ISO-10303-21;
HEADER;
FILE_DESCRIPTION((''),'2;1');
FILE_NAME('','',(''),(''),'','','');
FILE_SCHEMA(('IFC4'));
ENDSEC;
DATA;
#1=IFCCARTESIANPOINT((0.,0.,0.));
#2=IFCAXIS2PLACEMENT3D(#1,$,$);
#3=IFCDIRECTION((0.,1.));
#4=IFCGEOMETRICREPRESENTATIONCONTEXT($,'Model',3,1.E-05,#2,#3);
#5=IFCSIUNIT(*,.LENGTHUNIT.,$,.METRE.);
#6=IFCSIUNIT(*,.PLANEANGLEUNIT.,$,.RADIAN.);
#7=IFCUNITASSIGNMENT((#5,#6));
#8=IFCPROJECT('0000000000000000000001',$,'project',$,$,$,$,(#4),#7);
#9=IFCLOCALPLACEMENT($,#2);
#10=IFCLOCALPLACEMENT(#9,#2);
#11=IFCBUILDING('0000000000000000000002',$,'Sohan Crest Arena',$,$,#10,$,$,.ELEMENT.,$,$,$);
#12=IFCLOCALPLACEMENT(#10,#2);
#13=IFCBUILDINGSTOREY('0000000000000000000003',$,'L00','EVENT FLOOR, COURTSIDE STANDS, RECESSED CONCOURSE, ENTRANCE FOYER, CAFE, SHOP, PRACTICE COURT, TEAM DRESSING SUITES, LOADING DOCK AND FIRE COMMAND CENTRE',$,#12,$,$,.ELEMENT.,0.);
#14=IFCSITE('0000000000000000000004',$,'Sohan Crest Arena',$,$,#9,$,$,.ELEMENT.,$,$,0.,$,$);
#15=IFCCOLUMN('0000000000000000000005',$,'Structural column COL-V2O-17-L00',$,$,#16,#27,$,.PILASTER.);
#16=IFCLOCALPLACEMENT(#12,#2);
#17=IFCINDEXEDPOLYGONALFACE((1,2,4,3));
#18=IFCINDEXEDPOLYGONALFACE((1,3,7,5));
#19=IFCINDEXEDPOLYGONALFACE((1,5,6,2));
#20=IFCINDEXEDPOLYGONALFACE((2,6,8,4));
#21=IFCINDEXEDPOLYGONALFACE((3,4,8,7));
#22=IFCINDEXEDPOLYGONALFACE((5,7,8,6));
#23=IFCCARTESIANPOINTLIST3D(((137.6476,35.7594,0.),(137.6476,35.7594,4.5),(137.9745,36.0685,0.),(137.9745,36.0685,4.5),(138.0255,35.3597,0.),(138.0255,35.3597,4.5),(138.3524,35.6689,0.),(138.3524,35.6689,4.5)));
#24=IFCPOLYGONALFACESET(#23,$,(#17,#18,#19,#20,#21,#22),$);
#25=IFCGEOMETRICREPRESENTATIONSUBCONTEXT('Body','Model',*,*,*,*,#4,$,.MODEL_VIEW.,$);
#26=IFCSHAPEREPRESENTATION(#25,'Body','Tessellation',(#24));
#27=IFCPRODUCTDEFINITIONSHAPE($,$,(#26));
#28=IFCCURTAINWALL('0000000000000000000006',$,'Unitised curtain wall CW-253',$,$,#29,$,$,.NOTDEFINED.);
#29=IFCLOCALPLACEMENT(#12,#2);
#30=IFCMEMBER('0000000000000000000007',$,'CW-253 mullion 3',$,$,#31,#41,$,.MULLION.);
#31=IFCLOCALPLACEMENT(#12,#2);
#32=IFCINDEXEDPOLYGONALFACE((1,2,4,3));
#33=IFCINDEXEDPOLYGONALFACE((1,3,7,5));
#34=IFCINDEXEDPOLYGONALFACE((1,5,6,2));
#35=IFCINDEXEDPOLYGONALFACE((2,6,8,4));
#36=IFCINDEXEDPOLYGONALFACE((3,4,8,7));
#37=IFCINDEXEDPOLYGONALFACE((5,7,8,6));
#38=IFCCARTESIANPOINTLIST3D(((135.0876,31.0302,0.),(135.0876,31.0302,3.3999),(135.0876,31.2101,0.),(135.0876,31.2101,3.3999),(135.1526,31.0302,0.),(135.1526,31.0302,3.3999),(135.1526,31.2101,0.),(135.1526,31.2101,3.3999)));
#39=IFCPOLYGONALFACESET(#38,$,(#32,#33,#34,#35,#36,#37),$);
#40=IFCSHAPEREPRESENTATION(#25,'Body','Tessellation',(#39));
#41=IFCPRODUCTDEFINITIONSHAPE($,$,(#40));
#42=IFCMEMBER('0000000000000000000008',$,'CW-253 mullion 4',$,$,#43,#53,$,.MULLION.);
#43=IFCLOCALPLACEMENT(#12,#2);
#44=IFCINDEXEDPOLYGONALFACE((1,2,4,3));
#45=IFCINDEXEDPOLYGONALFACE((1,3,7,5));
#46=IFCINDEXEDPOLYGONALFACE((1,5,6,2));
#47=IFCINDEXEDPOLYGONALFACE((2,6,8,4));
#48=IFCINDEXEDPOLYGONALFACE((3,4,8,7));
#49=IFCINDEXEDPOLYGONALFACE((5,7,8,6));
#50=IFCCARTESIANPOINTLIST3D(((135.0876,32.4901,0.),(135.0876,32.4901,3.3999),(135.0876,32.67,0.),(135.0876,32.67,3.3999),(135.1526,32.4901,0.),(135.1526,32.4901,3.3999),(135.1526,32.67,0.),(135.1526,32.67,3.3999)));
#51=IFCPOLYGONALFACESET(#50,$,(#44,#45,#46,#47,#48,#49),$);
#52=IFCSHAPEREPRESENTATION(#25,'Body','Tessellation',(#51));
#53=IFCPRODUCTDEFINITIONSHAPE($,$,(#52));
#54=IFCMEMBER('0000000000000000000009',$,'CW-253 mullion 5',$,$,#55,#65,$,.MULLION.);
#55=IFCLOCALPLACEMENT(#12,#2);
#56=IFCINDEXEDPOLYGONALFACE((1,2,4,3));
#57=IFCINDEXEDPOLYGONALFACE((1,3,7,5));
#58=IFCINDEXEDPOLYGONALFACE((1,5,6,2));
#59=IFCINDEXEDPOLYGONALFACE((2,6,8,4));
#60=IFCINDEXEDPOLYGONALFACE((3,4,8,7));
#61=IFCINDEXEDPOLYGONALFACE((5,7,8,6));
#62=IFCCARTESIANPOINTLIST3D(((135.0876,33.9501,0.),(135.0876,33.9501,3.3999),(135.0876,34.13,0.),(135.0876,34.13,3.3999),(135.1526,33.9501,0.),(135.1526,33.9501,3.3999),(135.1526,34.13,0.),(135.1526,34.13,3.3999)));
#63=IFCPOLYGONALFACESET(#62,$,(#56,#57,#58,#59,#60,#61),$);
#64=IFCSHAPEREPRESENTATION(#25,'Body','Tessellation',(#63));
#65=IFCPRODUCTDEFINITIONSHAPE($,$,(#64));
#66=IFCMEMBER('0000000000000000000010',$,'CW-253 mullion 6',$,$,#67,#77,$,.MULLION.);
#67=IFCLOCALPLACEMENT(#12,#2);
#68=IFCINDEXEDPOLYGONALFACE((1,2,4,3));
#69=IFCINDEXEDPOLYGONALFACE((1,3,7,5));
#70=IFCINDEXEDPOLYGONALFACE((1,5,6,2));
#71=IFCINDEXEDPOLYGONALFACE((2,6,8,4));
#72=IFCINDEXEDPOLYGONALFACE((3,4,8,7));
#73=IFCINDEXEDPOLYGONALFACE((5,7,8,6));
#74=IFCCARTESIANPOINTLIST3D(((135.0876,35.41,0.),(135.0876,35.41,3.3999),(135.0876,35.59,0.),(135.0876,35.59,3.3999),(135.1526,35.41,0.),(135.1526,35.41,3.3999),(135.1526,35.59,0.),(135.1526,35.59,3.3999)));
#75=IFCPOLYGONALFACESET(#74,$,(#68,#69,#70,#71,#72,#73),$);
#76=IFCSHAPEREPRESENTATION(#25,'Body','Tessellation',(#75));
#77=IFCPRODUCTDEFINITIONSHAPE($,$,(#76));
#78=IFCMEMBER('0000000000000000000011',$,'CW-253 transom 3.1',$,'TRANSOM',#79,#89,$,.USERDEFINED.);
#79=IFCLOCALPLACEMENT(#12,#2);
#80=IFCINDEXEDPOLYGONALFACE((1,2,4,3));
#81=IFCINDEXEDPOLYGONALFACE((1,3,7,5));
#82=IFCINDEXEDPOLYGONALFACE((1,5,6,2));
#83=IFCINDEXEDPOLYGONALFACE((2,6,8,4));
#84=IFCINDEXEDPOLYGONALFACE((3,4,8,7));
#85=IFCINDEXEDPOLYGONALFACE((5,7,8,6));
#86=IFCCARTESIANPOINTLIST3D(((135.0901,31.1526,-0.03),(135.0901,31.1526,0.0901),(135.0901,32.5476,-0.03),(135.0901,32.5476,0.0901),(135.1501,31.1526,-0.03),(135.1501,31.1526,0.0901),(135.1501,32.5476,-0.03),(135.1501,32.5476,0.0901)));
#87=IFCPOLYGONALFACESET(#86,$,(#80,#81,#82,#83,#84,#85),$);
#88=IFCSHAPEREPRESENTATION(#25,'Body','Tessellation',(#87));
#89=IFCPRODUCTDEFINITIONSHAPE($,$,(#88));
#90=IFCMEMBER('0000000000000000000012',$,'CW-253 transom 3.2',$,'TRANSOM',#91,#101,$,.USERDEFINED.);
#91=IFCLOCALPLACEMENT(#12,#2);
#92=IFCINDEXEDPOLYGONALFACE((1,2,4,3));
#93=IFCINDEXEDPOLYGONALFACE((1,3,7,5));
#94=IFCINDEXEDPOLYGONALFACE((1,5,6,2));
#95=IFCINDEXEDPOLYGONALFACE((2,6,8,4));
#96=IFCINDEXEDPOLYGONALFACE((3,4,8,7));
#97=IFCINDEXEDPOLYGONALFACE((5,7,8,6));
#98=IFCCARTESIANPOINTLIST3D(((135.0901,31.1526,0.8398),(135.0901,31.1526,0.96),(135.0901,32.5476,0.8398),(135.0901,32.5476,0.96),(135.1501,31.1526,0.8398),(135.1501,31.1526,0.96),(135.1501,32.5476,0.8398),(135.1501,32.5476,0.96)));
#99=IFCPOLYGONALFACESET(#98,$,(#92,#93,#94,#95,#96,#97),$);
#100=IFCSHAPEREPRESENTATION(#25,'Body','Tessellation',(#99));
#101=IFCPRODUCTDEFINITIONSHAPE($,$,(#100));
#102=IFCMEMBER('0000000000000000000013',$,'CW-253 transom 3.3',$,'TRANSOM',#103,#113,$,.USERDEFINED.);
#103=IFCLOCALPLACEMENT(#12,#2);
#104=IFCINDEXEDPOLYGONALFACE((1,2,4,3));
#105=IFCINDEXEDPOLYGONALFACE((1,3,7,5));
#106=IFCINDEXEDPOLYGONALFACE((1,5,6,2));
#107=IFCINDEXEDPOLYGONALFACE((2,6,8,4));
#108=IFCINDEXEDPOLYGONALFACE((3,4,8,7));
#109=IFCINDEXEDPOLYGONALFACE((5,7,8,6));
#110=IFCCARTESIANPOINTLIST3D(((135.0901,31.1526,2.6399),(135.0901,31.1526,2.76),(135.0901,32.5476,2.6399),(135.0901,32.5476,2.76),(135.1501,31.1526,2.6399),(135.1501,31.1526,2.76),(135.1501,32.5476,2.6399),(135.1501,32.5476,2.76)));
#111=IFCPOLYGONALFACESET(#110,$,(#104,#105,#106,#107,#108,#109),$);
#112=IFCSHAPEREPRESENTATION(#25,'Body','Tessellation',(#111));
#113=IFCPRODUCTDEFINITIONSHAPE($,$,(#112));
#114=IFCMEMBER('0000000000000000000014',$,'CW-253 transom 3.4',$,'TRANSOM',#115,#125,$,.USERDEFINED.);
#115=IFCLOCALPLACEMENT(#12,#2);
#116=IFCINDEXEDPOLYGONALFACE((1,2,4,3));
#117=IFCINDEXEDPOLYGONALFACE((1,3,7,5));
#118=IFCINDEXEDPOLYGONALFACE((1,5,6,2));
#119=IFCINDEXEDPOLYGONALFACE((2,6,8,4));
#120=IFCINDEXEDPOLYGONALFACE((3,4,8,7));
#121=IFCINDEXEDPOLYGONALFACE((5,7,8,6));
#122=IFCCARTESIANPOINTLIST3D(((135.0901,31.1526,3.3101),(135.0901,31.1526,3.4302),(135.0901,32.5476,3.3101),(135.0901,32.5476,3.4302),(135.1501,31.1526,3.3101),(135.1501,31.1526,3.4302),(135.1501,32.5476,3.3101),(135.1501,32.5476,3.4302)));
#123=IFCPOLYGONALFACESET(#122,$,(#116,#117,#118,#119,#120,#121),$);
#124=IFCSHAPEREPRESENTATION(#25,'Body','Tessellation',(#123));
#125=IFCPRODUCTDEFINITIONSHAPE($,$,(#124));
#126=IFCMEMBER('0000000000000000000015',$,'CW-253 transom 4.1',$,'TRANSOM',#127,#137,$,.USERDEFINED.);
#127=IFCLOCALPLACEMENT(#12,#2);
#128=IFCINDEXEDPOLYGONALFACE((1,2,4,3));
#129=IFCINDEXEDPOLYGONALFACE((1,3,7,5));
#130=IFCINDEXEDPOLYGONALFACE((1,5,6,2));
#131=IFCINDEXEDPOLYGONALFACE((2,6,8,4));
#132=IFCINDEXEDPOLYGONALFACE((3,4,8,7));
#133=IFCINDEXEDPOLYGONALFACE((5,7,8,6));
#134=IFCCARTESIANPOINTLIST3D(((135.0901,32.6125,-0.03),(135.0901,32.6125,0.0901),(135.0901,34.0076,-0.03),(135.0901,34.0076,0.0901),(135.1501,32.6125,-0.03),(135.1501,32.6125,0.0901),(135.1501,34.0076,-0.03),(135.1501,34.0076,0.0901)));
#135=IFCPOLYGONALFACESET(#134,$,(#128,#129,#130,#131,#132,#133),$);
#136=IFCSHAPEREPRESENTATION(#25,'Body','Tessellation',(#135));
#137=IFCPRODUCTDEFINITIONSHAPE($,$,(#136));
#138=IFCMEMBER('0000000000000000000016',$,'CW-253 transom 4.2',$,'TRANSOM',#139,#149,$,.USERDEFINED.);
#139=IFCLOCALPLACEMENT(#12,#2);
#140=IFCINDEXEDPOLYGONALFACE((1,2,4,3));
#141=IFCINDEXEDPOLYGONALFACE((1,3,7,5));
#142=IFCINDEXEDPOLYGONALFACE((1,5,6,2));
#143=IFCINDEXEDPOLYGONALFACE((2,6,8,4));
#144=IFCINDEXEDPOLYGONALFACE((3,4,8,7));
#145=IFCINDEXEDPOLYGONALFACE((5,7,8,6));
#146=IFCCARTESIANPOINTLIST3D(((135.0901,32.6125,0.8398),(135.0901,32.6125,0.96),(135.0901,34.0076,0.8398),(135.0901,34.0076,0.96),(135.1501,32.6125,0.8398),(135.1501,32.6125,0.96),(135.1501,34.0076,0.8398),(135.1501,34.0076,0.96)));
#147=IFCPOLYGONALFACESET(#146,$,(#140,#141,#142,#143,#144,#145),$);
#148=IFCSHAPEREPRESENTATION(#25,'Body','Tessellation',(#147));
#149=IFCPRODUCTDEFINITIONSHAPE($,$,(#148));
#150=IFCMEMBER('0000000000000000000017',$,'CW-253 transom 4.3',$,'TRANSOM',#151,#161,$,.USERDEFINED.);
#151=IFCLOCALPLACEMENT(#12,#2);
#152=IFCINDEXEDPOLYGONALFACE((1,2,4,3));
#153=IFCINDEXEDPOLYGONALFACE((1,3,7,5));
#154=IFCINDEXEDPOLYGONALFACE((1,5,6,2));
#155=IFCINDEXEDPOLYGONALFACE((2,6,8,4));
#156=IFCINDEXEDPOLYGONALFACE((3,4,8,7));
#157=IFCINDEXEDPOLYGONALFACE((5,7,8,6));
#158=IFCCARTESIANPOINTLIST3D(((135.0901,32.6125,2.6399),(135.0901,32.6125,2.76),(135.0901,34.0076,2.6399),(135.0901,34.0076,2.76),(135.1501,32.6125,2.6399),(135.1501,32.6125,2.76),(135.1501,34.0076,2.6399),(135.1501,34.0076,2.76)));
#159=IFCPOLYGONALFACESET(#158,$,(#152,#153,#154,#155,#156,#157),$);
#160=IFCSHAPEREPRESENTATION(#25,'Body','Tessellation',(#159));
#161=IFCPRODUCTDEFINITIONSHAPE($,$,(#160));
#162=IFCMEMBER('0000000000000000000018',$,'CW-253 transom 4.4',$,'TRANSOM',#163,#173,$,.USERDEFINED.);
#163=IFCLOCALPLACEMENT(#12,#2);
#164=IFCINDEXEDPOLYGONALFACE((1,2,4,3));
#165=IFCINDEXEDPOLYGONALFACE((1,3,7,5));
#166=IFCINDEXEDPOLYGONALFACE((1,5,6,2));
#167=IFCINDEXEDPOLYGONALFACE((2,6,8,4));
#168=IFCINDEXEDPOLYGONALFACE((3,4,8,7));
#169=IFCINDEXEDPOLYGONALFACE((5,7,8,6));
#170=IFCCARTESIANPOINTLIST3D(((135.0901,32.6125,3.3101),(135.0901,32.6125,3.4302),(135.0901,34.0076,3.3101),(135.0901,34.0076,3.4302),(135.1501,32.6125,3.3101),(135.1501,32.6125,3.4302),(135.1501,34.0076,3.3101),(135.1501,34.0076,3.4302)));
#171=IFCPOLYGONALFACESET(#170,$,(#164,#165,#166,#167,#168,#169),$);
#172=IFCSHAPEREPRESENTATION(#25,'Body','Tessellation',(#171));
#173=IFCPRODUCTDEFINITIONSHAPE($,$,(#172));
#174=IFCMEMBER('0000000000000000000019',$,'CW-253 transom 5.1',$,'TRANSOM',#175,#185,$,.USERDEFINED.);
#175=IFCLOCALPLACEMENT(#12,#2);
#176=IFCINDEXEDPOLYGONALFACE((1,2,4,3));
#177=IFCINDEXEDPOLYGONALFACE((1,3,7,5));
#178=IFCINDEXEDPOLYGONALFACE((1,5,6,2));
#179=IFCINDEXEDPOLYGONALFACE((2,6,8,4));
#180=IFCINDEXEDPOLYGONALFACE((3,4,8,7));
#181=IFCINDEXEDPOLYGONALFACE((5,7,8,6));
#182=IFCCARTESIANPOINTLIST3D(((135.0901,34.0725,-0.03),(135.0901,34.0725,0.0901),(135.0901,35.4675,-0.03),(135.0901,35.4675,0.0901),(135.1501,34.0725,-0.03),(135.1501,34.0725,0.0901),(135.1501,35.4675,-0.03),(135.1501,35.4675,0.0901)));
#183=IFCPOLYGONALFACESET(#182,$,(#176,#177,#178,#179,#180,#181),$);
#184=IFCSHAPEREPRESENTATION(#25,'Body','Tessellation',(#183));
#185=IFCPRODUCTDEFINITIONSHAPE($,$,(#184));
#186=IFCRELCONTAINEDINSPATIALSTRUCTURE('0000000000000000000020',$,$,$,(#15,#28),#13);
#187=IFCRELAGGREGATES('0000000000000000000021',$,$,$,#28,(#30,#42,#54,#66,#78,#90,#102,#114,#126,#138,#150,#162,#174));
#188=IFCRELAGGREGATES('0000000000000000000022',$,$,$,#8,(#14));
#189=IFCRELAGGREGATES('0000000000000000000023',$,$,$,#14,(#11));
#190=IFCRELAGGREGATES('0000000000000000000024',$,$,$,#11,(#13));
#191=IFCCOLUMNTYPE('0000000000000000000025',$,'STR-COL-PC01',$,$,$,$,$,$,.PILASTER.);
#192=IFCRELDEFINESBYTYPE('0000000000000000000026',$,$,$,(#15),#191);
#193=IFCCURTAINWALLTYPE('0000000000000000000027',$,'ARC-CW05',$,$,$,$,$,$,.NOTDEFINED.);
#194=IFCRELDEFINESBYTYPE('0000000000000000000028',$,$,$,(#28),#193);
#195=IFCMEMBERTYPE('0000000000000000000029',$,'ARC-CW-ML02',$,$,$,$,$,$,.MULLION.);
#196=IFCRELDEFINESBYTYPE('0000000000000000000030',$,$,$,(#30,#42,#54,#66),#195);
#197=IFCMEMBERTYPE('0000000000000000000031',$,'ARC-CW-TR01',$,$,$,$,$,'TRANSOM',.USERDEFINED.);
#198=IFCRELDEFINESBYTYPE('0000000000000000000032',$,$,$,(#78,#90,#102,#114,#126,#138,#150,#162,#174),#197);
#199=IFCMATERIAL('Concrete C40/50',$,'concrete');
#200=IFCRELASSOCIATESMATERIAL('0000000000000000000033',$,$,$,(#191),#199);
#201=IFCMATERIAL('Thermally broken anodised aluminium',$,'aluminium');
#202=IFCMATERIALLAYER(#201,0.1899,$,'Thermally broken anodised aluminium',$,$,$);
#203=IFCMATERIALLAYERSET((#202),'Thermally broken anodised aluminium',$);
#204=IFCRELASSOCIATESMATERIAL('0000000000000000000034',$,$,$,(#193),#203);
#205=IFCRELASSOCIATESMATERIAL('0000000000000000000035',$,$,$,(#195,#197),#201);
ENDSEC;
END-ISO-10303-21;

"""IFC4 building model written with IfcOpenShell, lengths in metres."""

from ifc_helpers import new_model, si_unit, direction, frame, origin, origin_2d, place, context, subcontext, project, spatial, rectangle, extrude, material, layer, layer_set, material_profile, profile_set, type_object, element, aggregate, save


model = new_model("IFC4")

# Units and contexts
model_context = context("Model", 3, precision=1e-05, world=origin(), true_north=direction((0.0, 1.0)))
body_context = subcontext(model_context, "Body", "Model", "MODEL_VIEW")
ifc_project = project(units=[si_unit("LENGTHUNIT", "METRE"), si_unit("PLANEANGLEUNIT", "RADIAN")], contexts=[model_context])

# Site, building, storey
site_placement = place(None, origin())
site = spatial("IfcSite", under=ifc_project, at=site_placement, Name="Sohan Crest Arena", CompositionType="ELEMENT", RefElevation=0.0)
building_placement = place(site_placement, origin())
building = spatial("IfcBuilding", under=site, at=building_placement, Name="Sohan Crest Arena", CompositionType="ELEMENT")
storey_placement = place(building_placement, origin())
storey = spatial("IfcBuildingStorey", under=building, at=storey_placement, Name="L00", Description="EVENT FLOOR, COURTSIDE STANDS, RECESSED CONCOURSE, ENTRANCE FOYER, CAFE, SHOP, PRACTICE COURT, TEAM DRESSING SUITES, LOADING DOCK AND FIRE COMMAND CENTRE", CompositionType="ELEMENT", Elevation=0.0)

# Column
ifc_material_1 = material(Name="Concrete C40/50", Category="concrete")
ifc_material_profile_1 = material_profile(ifc_material_1, rectangle(XDim=0.55, YDim=0.45, at=origin_2d()), Name="RC 550x450")
ifc_profile_set_1 = profile_set([ifc_material_profile_1], Name="Concrete C40/50")
column_type = type_object("IfcColumnType", Name="STR-COL-PC01", PredefinedType="PILASTER", material=ifc_profile_set_1)
column_placement = place(storey_placement, frame((138.0, 35.7141, 0.0), z_axis=(0.0, 0.0, 1.0), x_axis=(-0.687088, 0.726575, 0.0)))
element("IfcColumn", 1, at=column_placement, inside=storey, type_object=column_type, Name="Structural column COL-V2O-17-L00", PredefinedType="PILASTER", context=body_context, shape_type="SweptSolid", body=[
    extrude(rectangle(XDim=0.55, YDim=0.45, at=origin_2d()), origin(), (0.0, 0.0, 1.0), 4.5),
])

# Curtain wall, members
ifc_material_2 = material(Name="Thermally broken anodised aluminium", Category="aluminium")
ifc_layer_1 = layer(ifc_material_2, 0.1899, Name="Thermally broken anodised aluminium")
ifc_layer_set_1 = layer_set([ifc_layer_1], Name="Thermally broken anodised aluminium")
curtain_wall_type = type_object("IfcCurtainWallType", Name="ARC-CW05", PredefinedType="NOTDEFINED", material=ifc_layer_set_1)
curtain_wall_placement = place(storey_placement, origin())
curtain_wall = element("IfcCurtainWall", 2, at=curtain_wall_placement, inside=storey, type_object=curtain_wall_type, Name="Unitised curtain wall CW-253", PredefinedType="NOTDEFINED")
ifc_material_profile_2 = material_profile(ifc_material_2, rectangle(XDim=0.0649, YDim=0.1799, at=origin_2d()), Name="ALU-MULL 65x180")
ifc_profile_set_2 = profile_set([ifc_material_profile_2], Name="Thermally broken anodised aluminium")
member_type_1 = type_object("IfcMemberType", Name="ARC-CW-ML02", PredefinedType="MULLION", material=ifc_profile_set_2)
member_1_placement = place(storey_placement, frame((135.1201, 31.1201, 0.0), z_axis=(0.0, 0.0, 1.0), x_axis=(-1.0, 0.0, 0.0)))
member_1 = element("IfcMember", 3, at=member_1_placement, type_object=member_type_1, Name="CW-253 mullion 3", PredefinedType="MULLION", context=body_context, shape_type="SweptSolid", body=[
    extrude(rectangle(XDim=0.0649, YDim=0.1799, at=origin_2d()), origin(), (0.0, 0.0, 1.0), 3.3999),
])
member_2_placement = place(storey_placement, frame((135.1201, 32.5801, 0.0), z_axis=(0.0, 0.0, 1.0), x_axis=(-1.0, 0.0, 0.0)))
member_2 = element("IfcMember", 4, at=member_2_placement, type_object=member_type_1, Name="CW-253 mullion 4", PredefinedType="MULLION", context=body_context, shape_type="SweptSolid", body=[
    extrude(rectangle(XDim=0.0649, YDim=0.1799, at=origin_2d()), origin(), (0.0, 0.0, 1.0), 3.3999),
])
member_3_placement = place(storey_placement, frame((135.1201, 34.04, 0.0), z_axis=(0.0, 0.0, 1.0), x_axis=(-1.0, 0.0, 0.0)))
member_3 = element("IfcMember", 5, at=member_3_placement, type_object=member_type_1, Name="CW-253 mullion 5", PredefinedType="MULLION", context=body_context, shape_type="SweptSolid", body=[
    extrude(rectangle(XDim=0.0649, YDim=0.1799, at=origin_2d()), origin(), (0.0, 0.0, 1.0), 3.3999),
])
member_4_placement = place(storey_placement, frame((135.1201, 35.5, 0.0), z_axis=(0.0, 0.0, 1.0), x_axis=(-1.0, 0.0, 0.0)))
member_4 = element("IfcMember", 6, at=member_4_placement, type_object=member_type_1, Name="CW-253 mullion 6", PredefinedType="MULLION", context=body_context, shape_type="SweptSolid", body=[
    extrude(rectangle(XDim=0.0649, YDim=0.1799, at=origin_2d()), origin(), (0.0, 0.0, 1.0), 3.3999),
])
ifc_material_profile_3 = material_profile(ifc_material_2, rectangle(XDim=0.0601, YDim=0.1201, at=origin_2d()), Name="ALU-TRAN 60x120")
ifc_profile_set_3 = profile_set([ifc_material_profile_3], Name="Thermally broken anodised aluminium")
member_type_2 = type_object("IfcMemberType", Name="ARC-CW-TR01", ElementType="TRANSOM", PredefinedType="USERDEFINED", material=ifc_profile_set_3)
member_5_placement = place(storey_placement, frame((135.1201, 31.1526, 0.03), z_axis=(0.0, 1.0, 0.0), x_axis=(-1.0, 0.0, 0.0)))
member_5 = element("IfcMember", 7, at=member_5_placement, type_object=member_type_2, Name="CW-253 transom 3.1", ObjectType="TRANSOM", PredefinedType="USERDEFINED", context=body_context, shape_type="SweptSolid", body=[
    extrude(rectangle(XDim=0.0601, YDim=0.1201, at=origin_2d()), origin(), (0.0, 0.0, 1.0), 1.395),
])
member_6_placement = place(storey_placement, frame((135.1201, 31.1526, 0.8999), z_axis=(0.0, 1.0, 0.0), x_axis=(-1.0, 0.0, 0.0)))
member_6 = element("IfcMember", 8, at=member_6_placement, type_object=member_type_2, Name="CW-253 transom 3.2", ObjectType="TRANSOM", PredefinedType="USERDEFINED", context=body_context, shape_type="SweptSolid", body=[
    extrude(rectangle(XDim=0.0601, YDim=0.1201, at=origin_2d()), origin(), (0.0, 0.0, 1.0), 1.395),
])
member_7_placement = place(storey_placement, frame((135.1201, 31.1526, 2.7), z_axis=(0.0, 1.0, 0.0), x_axis=(-1.0, 0.0, 0.0)))
member_7 = element("IfcMember", 9, at=member_7_placement, type_object=member_type_2, Name="CW-253 transom 3.3", ObjectType="TRANSOM", PredefinedType="USERDEFINED", context=body_context, shape_type="SweptSolid", body=[
    extrude(rectangle(XDim=0.0601, YDim=0.1201, at=origin_2d()), origin(), (0.0, 0.0, 1.0), 1.395),
])
member_8_placement = place(storey_placement, frame((135.1201, 31.1526, 3.3701), z_axis=(0.0, 1.0, 0.0), x_axis=(-1.0, 0.0, 0.0)))
member_8 = element("IfcMember", 10, at=member_8_placement, type_object=member_type_2, Name="CW-253 transom 3.4", ObjectType="TRANSOM", PredefinedType="USERDEFINED", context=body_context, shape_type="SweptSolid", body=[
    extrude(rectangle(XDim=0.0601, YDim=0.1201, at=origin_2d()), origin(), (0.0, 0.0, 1.0), 1.395),
])
member_9_placement = place(storey_placement, frame((135.1201, 32.6125, 0.03), z_axis=(0.0, 1.0, 0.0), x_axis=(-1.0, 0.0, 0.0)))
member_9 = element("IfcMember", 11, at=member_9_placement, type_object=member_type_2, Name="CW-253 transom 4.1", ObjectType="TRANSOM", PredefinedType="USERDEFINED", context=body_context, shape_type="SweptSolid", body=[
    extrude(rectangle(XDim=0.0601, YDim=0.1201, at=origin_2d()), origin(), (0.0, 0.0, 1.0), 1.395),
])
member_10_placement = place(storey_placement, frame((135.1201, 32.6125, 0.8999), z_axis=(0.0, 1.0, 0.0), x_axis=(-1.0, 0.0, 0.0)))
member_10 = element("IfcMember", 12, at=member_10_placement, type_object=member_type_2, Name="CW-253 transom 4.2", ObjectType="TRANSOM", PredefinedType="USERDEFINED", context=body_context, shape_type="SweptSolid", body=[
    extrude(rectangle(XDim=0.0601, YDim=0.1201, at=origin_2d()), origin(), (0.0, 0.0, 1.0), 1.395),
])
member_11_placement = place(storey_placement, frame((135.1201, 32.6125, 2.7), z_axis=(0.0, 1.0, 0.0), x_axis=(-1.0, 0.0, 0.0)))
member_11 = element("IfcMember", 13, at=member_11_placement, type_object=member_type_2, Name="CW-253 transom 4.3", ObjectType="TRANSOM", PredefinedType="USERDEFINED", context=body_context, shape_type="SweptSolid", body=[
    extrude(rectangle(XDim=0.0601, YDim=0.1201, at=origin_2d()), origin(), (0.0, 0.0, 1.0), 1.395),
])
member_12_placement = place(storey_placement, frame((135.1201, 32.6125, 3.3701), z_axis=(0.0, 1.0, 0.0), x_axis=(-1.0, 0.0, 0.0)))
member_12 = element("IfcMember", 14, at=member_12_placement, type_object=member_type_2, Name="CW-253 transom 4.4", ObjectType="TRANSOM", PredefinedType="USERDEFINED", context=body_context, shape_type="SweptSolid", body=[
    extrude(rectangle(XDim=0.0601, YDim=0.1201, at=origin_2d()), origin(), (0.0, 0.0, 1.0), 1.395),
])
member_13_placement = place(storey_placement, frame((135.1201, 34.0725, 0.03), z_axis=(0.0, 1.0, 0.0), x_axis=(-1.0, 0.0, 0.0)))
member_13 = element("IfcMember", 15, at=member_13_placement, type_object=member_type_2, Name="CW-253 transom 5.1", ObjectType="TRANSOM", PredefinedType="USERDEFINED", context=body_context, shape_type="SweptSolid", body=[
    extrude(rectangle(XDim=0.0601, YDim=0.1201, at=origin_2d()), origin(), (0.0, 0.0, 1.0), 1.395),
])
aggregate(curtain_wall, [member_1, member_2, member_3, member_4, member_5, member_6, member_7, member_8, member_9, member_10, member_11, member_12, member_13])

save(model, "model.ifc")
